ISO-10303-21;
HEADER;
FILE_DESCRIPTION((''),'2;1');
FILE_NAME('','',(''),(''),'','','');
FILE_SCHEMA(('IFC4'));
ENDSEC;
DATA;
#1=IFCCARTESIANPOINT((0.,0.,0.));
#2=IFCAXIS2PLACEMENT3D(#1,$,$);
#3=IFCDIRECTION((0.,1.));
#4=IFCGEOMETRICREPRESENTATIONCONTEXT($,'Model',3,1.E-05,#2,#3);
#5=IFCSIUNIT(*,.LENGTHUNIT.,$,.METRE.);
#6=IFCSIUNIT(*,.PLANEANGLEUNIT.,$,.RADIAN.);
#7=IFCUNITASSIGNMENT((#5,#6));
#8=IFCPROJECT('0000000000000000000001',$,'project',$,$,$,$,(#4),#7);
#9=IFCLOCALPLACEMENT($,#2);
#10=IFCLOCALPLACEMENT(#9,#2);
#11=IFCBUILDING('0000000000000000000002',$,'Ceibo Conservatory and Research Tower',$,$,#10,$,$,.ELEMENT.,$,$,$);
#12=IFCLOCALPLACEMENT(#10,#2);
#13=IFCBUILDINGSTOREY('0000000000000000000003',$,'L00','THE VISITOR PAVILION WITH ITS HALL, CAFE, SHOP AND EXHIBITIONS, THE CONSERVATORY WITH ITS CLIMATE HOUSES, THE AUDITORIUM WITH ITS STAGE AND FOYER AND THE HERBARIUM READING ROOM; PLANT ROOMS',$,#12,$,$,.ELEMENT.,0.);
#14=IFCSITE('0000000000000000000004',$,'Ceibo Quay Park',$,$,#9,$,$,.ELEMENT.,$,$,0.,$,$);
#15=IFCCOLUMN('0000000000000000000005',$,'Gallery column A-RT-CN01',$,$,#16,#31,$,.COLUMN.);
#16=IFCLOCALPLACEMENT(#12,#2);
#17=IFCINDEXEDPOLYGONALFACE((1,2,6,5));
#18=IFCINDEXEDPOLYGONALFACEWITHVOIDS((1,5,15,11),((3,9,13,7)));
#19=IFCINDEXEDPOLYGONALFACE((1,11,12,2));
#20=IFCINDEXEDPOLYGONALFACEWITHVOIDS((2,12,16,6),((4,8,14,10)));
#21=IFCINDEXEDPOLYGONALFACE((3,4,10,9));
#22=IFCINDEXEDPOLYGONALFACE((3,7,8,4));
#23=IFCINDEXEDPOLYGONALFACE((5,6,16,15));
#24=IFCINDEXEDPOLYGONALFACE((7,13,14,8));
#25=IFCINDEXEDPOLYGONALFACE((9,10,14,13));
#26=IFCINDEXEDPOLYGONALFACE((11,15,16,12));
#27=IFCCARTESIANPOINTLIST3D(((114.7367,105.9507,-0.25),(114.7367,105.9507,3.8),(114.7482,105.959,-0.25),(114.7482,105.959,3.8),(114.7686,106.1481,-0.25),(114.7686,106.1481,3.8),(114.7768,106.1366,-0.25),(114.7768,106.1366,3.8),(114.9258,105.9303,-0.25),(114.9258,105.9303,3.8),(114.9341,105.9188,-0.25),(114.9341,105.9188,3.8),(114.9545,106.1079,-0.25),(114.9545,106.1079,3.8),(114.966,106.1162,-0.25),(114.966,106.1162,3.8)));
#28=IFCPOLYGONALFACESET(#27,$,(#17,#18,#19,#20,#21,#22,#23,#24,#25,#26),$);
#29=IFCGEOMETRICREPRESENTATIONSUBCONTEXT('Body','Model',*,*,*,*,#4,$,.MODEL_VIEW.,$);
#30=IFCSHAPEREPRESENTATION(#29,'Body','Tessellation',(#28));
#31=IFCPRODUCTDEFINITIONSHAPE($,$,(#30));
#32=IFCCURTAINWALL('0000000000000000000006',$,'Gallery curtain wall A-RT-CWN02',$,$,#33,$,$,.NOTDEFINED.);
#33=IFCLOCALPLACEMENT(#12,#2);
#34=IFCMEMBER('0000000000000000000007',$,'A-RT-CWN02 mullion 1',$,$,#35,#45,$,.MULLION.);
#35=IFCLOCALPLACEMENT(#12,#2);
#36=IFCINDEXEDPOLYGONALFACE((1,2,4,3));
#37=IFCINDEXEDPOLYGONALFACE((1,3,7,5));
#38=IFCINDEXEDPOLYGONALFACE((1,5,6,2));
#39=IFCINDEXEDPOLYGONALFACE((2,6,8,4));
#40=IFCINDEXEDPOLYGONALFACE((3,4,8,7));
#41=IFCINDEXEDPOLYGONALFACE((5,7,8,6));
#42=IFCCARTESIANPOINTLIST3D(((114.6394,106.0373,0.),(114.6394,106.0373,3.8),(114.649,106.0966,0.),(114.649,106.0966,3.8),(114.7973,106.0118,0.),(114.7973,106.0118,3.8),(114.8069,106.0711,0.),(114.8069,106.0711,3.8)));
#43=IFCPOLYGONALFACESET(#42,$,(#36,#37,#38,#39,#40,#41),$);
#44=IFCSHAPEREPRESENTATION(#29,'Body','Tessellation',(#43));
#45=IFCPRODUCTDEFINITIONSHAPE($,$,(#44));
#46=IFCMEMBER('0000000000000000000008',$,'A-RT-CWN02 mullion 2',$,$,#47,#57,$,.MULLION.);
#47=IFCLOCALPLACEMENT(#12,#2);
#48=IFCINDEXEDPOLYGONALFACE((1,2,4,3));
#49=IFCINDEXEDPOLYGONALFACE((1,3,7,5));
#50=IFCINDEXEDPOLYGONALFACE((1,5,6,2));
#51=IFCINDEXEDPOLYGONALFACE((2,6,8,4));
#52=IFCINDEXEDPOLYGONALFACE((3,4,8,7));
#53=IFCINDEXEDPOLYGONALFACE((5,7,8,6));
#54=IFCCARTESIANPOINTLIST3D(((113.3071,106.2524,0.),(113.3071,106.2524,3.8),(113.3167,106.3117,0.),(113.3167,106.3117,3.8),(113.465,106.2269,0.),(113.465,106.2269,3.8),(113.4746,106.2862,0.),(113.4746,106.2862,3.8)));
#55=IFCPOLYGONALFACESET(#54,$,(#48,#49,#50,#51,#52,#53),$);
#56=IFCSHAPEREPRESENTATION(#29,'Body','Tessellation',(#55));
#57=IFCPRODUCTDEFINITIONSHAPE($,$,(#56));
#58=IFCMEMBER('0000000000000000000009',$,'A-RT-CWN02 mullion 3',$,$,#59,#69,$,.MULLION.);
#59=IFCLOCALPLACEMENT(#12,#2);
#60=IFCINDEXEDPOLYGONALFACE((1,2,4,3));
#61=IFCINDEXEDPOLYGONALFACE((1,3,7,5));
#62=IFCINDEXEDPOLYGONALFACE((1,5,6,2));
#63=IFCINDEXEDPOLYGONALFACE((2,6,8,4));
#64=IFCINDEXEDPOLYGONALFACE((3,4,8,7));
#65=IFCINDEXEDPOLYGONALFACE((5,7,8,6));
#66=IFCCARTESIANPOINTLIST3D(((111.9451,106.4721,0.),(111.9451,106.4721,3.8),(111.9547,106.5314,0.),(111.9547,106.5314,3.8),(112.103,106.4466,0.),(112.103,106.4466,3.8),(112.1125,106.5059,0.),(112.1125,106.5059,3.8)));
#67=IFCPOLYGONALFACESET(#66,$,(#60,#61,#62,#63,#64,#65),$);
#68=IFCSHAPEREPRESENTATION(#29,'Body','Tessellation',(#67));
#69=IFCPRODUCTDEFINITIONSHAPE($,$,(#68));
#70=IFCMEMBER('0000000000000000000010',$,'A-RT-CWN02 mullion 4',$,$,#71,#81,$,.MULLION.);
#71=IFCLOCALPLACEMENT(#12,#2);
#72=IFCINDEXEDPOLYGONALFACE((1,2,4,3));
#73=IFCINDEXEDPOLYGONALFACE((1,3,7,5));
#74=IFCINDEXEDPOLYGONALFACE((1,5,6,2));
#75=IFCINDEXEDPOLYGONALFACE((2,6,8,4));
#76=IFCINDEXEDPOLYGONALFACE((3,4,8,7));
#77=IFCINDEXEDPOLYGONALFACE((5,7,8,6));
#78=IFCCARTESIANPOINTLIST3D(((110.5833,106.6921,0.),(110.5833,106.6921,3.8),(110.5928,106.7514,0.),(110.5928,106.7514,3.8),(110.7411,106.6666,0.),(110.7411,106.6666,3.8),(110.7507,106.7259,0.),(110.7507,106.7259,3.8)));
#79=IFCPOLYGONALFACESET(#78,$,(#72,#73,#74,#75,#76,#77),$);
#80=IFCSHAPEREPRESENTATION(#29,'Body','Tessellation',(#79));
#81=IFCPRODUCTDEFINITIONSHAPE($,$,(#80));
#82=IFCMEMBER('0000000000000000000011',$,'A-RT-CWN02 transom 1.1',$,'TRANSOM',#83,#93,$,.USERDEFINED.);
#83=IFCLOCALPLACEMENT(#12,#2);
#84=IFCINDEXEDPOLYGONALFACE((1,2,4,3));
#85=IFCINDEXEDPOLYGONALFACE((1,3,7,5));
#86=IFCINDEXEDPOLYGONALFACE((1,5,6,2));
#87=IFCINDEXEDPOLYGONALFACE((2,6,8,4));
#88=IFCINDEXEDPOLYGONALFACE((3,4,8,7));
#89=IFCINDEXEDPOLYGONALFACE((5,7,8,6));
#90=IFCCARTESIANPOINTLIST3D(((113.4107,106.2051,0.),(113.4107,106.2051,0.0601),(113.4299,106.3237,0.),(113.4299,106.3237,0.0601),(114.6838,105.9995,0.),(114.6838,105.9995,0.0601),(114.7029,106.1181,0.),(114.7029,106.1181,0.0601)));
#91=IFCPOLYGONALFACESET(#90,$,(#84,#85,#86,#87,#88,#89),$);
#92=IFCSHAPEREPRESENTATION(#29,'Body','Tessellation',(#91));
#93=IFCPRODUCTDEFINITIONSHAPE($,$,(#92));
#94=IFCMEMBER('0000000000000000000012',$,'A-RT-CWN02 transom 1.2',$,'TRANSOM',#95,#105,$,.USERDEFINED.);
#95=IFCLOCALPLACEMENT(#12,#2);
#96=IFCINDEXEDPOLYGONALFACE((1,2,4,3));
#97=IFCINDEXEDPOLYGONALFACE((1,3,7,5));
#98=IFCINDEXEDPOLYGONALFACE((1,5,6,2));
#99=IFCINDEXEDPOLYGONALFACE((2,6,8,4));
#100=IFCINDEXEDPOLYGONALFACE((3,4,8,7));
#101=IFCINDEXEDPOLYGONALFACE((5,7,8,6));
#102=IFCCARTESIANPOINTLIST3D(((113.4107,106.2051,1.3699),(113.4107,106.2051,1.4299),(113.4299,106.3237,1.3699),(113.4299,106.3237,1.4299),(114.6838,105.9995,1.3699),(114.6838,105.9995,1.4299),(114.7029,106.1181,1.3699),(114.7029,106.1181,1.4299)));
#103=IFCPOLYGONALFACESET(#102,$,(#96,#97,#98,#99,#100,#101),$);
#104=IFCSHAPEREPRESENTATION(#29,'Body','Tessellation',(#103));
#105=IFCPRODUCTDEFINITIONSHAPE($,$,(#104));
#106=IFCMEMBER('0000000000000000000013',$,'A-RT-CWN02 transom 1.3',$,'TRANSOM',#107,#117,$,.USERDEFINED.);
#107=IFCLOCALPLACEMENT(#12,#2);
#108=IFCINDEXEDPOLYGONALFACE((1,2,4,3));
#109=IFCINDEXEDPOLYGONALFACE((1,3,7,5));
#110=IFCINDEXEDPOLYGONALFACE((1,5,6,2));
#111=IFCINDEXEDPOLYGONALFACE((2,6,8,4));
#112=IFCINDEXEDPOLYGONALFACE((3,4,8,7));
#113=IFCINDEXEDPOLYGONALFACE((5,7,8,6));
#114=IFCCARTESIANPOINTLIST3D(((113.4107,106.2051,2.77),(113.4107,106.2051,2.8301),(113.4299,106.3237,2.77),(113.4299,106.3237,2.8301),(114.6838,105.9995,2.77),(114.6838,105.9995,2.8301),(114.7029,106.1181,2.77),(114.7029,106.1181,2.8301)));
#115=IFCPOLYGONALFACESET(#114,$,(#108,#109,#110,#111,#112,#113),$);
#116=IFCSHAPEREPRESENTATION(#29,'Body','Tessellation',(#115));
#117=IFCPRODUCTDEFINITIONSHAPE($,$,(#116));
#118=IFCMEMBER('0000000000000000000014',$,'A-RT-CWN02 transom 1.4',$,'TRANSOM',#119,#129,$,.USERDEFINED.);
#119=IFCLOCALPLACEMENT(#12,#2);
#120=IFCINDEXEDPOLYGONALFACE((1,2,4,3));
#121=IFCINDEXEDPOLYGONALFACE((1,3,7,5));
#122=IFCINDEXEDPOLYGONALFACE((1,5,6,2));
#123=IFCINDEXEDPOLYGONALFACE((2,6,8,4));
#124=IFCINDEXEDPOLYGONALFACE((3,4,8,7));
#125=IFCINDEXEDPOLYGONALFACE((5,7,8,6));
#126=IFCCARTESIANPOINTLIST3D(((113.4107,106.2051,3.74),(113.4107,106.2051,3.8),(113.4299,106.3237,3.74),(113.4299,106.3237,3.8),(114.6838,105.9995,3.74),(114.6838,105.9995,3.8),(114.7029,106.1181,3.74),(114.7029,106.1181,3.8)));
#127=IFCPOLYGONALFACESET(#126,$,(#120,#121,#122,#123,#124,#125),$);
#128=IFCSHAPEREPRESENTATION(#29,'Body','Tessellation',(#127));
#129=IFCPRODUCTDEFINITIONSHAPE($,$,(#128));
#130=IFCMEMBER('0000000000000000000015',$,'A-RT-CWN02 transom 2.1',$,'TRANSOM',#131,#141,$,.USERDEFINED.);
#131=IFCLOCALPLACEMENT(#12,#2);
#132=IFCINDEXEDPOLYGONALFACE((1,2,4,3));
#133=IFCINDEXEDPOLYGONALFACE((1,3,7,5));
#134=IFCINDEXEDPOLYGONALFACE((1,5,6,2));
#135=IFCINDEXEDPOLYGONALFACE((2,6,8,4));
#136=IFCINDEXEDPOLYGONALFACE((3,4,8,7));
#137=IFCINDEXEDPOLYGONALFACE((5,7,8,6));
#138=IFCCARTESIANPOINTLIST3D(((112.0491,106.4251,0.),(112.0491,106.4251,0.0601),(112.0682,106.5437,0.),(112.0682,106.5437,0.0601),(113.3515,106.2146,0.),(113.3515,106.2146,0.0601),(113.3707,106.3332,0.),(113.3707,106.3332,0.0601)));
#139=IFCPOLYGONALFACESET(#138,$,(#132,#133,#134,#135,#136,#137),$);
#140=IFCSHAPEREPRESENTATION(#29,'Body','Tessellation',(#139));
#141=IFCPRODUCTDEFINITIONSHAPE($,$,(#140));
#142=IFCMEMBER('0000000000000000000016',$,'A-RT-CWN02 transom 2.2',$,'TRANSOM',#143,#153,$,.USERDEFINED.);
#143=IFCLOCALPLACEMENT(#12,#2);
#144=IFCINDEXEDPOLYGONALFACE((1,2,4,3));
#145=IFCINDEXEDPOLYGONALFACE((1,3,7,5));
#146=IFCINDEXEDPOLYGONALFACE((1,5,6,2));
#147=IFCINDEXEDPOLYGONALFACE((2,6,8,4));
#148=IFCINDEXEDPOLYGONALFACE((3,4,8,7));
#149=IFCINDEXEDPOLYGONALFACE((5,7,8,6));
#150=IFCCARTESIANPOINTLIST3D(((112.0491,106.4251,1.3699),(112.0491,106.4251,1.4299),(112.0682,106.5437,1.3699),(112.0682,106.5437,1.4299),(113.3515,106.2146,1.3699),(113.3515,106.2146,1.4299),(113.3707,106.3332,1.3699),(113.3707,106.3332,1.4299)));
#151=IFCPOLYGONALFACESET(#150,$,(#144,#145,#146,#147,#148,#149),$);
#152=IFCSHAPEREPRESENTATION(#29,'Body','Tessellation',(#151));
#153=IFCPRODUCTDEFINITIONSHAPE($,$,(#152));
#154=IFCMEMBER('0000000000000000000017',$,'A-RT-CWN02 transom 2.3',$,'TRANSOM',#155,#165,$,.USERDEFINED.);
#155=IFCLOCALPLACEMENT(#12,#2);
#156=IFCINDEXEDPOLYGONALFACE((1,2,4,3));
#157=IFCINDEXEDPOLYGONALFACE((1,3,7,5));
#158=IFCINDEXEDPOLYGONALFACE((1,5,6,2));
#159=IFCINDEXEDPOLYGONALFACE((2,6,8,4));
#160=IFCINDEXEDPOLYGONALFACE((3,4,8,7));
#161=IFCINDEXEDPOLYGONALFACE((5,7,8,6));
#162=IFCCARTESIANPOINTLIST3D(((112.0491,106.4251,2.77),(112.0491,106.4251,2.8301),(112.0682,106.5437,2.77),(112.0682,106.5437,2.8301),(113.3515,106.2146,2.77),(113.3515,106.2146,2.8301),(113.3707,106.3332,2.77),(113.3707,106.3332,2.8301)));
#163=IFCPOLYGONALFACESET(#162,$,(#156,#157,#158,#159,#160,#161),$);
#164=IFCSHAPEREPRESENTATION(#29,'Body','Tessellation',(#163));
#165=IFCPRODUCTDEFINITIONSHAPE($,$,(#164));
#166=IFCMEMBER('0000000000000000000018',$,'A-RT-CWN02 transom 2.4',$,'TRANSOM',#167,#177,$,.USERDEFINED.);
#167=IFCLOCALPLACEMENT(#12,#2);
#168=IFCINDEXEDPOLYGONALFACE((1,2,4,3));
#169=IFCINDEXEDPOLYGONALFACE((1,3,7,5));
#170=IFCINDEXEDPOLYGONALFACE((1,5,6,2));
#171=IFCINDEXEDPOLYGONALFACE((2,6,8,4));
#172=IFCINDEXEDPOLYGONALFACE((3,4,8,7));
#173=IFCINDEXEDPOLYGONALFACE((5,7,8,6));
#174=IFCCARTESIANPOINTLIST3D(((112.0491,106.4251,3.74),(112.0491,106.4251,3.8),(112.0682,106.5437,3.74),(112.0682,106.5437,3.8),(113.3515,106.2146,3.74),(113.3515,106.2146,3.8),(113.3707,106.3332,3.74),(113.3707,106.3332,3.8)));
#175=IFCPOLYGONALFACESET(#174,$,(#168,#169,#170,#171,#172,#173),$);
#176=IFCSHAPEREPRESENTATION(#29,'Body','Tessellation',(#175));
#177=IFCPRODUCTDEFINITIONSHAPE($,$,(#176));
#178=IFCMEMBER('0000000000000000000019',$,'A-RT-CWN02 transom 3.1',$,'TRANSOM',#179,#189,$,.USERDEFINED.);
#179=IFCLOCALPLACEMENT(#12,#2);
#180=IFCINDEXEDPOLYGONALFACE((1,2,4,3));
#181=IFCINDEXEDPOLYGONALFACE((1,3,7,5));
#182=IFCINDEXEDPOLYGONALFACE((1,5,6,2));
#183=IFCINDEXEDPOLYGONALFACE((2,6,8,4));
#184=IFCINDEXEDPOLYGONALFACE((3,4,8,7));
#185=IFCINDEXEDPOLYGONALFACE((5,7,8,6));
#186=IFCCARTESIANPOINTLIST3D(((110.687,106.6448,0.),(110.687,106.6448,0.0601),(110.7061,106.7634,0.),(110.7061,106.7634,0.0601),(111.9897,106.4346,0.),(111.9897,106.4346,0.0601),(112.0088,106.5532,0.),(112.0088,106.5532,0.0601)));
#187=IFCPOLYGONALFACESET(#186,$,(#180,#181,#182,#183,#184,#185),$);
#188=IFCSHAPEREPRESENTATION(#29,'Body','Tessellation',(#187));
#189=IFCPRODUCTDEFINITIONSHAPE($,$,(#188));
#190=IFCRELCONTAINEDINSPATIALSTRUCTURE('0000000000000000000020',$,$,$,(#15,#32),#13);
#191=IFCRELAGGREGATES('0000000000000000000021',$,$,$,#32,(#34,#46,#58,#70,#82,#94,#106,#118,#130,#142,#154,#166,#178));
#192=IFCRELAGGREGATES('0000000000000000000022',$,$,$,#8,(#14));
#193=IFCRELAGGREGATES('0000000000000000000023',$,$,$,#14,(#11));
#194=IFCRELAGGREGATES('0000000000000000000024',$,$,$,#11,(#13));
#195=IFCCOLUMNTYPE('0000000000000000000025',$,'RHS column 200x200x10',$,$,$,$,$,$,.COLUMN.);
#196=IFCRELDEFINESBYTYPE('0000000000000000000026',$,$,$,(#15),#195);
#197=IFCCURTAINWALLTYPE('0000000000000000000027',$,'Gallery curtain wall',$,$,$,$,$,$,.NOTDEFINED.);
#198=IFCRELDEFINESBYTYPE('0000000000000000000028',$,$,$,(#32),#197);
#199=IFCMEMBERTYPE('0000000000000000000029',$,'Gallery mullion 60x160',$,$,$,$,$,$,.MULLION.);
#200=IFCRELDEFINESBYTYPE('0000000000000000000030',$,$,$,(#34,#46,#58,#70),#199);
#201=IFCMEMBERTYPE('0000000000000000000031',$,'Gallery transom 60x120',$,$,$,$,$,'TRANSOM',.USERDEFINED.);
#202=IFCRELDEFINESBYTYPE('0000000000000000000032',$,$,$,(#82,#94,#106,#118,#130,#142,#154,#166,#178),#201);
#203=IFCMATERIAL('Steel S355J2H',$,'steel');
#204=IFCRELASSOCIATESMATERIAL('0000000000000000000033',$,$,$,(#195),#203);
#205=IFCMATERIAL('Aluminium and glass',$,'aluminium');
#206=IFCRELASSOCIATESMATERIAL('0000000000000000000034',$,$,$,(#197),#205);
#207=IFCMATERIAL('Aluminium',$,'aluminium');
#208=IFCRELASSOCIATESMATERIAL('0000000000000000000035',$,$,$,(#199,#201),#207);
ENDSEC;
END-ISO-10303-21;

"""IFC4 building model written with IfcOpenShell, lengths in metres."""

from ifc_helpers import new_model, si_unit, direction, frame, origin, origin_2d, place, context, subcontext, project, spatial, rectangle, hollow_rectangle, extrude, material, material_profile, profile_set, type_object, element, aggregate, save


model = new_model("IFC4")

# Units and contexts
model_context = context("Model", 3, precision=1e-05, world=origin(), true_north=direction((0.0, 1.0)))
body_context = subcontext(model_context, "Body", "Model", "MODEL_VIEW")
ifc_project = project(units=[si_unit("LENGTHUNIT", "METRE"), si_unit("PLANEANGLEUNIT", "RADIAN")], contexts=[model_context])

# Site, building, storey
site_placement = place(None, origin())
site = spatial("IfcSite", under=ifc_project, at=site_placement, Name="Ceibo Quay Park", CompositionType="ELEMENT", RefElevation=0.0)
building_placement = place(site_placement, origin())
building = spatial("IfcBuilding", under=site, at=building_placement, Name="Ceibo Conservatory and Research Tower", CompositionType="ELEMENT")
storey_placement = place(building_placement, origin())
storey = spatial("IfcBuildingStorey", under=building, at=storey_placement, Name="L00", Description="THE VISITOR PAVILION WITH ITS HALL, CAFE, SHOP AND EXHIBITIONS, THE CONSERVATORY WITH ITS CLIMATE HOUSES, THE AUDITORIUM WITH ITS STAGE AND FOYER AND THE HERBARIUM READING ROOM; PLANT ROOMS", CompositionType="ELEMENT", Elevation=0.0)

# Column
ifc_material_1 = material(Name="Steel S355J2H", Category="steel")
ifc_material_profile_1 = material_profile(ifc_material_1, hollow_rectangle(XDim=0.2, YDim=0.2, WallThickness=0.01, at=origin_2d()), Name="RHS column 200x200x10")
ifc_profile_set_1 = profile_set([ifc_material_profile_1], Name="Steel S355J2H")
column_type = type_object("IfcColumnType", Name="RHS column 200x200x10", PredefinedType="COLUMN", material=ifc_profile_set_1)
column_placement = place(storey_placement, frame((114.8513, 106.0334, -0.25), z_axis=(0.0, 0.0, 1.0), x_axis=(-0.987216, 0.159391, 0.0)))
element("IfcColumn", 1, at=column_placement, inside=storey, type_object=column_type, Name="Gallery column A-RT-CN01", PredefinedType="COLUMN", context=body_context, shape_type="SweptSolid", body=[
    extrude(hollow_rectangle(XDim=0.2, YDim=0.2, WallThickness=0.01, at=origin_2d()), origin(), (0.0, 0.0, 1.0), 4.05),
])

# Curtain wall, members
ifc_material_2 = material(Name="Aluminium and glass", Category="aluminium")
curtain_wall_type = type_object("IfcCurtainWallType", Name="Gallery curtain wall", PredefinedType="NOTDEFINED", material=ifc_material_2)
curtain_wall_placement = place(storey_placement, origin())
curtain_wall = element("IfcCurtainWall", 2, at=curtain_wall_placement, inside=storey, type_object=curtain_wall_type, Name="Gallery curtain wall A-RT-CWN02", PredefinedType="NOTDEFINED")
ifc_material_3 = material(Name="Aluminium", Category="aluminium")
ifc_material_profile_2 = material_profile(ifc_material_3, rectangle(XDim=0.0601, YDim=0.1599, at=origin_2d()), Name="AL 60x160")
ifc_profile_set_2 = profile_set([ifc_material_profile_2], Name="Aluminium")
member_type_1 = type_object("IfcMemberType", Name="Gallery mullion 60x160", PredefinedType="MULLION", material=ifc_profile_set_2)
member_1_placement = place(storey_placement, frame((114.7231, 106.0542, 0.0), z_axis=(0.0, 0.0, 1.0), x_axis=(-0.159391, -0.987216, 0.0)))
member_1 = element("IfcMember", 3, at=member_1_placement, type_object=member_type_1, Name="A-RT-CWN02 mullion 1", PredefinedType="MULLION", context=body_context, shape_type="SweptSolid", body=[
    extrude(rectangle(XDim=0.0601, YDim=0.1599, at=origin_2d()), origin(), (0.0, 0.0, 1.0), 3.8),
])
member_2_placement = place(storey_placement, frame((113.3909, 106.2693, 0.0), z_axis=(0.0, 0.0, 1.0), x_axis=(-0.159391, -0.987216, 0.0)))
member_2 = element("IfcMember", 4, at=member_2_placement, type_object=member_type_1, Name="A-RT-CWN02 mullion 2", PredefinedType="MULLION", context=body_context, shape_type="SweptSolid", body=[
    extrude(rectangle(XDim=0.0601, YDim=0.1599, at=origin_2d()), origin(), (0.0, 0.0, 1.0), 3.8),
])
member_3_placement = place(storey_placement, frame((112.0288, 106.489, 0.0), z_axis=(0.0, 0.0, 1.0), x_axis=(-0.159391, -0.987216, 0.0)))
member_3 = element("IfcMember", 5, at=member_3_placement, type_object=member_type_1, Name="A-RT-CWN02 mullion 3", PredefinedType="MULLION", context=body_context, shape_type="SweptSolid", body=[
    extrude(rectangle(XDim=0.0601, YDim=0.1599, at=origin_2d()), origin(), (0.0, 0.0, 1.0), 3.8),
])
member_4_placement = place(storey_placement, frame((110.667, 106.709, 0.0), z_axis=(0.0, 0.0, 1.0), x_axis=(-0.159391, -0.987216, 0.0)))
member_4 = element("IfcMember", 6, at=member_4_placement, type_object=member_type_1, Name="A-RT-CWN02 mullion 4", PredefinedType="MULLION", context=body_context, shape_type="SweptSolid", body=[
    extrude(rectangle(XDim=0.0601, YDim=0.1599, at=origin_2d()), origin(), (0.0, 0.0, 1.0), 3.8),
])
ifc_material_profile_3 = material_profile(ifc_material_3, rectangle(XDim=0.1201, YDim=0.0601, at=origin_2d()), Name="AL 60x120")
ifc_profile_set_3 = profile_set([ifc_material_profile_3], Name="Aluminium")
member_type_2 = type_object("IfcMemberType", Name="Gallery transom 60x120", ElementType="TRANSOM", PredefinedType="USERDEFINED", material=ifc_profile_set_3)
member_5_placement = place(storey_placement, frame((114.6934, 106.0588, 0.03), z_axis=(-0.98721, 0.159423, 0.0), x_axis=(-0.159423, -0.98721, 0.0)))
member_5 = element("IfcMember", 7, at=member_5_placement, type_object=member_type_2, Name="A-RT-CWN02 transom 1.1", ObjectType="TRANSOM", PredefinedType="USERDEFINED", context=body_context, shape_type="SweptSolid", body=[
    extrude(rectangle(XDim=0.1201, YDim=0.0601, at=origin_2d()), origin(), (0.0, 0.0, 1.0), 1.2896),
])
member_6_placement = place(storey_placement, frame((114.6934, 106.0588, 1.3999), z_axis=(-0.98721, 0.159423, 0.0), x_axis=(-0.159423, -0.98721, 0.0)))
member_6 = element("IfcMember", 8, at=member_6_placement, type_object=member_type_2, Name="A-RT-CWN02 transom 1.2", ObjectType="TRANSOM", PredefinedType="USERDEFINED", context=body_context, shape_type="SweptSolid", body=[
    extrude(rectangle(XDim=0.1201, YDim=0.0601, at=origin_2d()), origin(), (0.0, 0.0, 1.0), 1.2896),
])
member_7_placement = place(storey_placement, frame((114.6934, 106.0588, 2.8), z_axis=(-0.98721, 0.159423, 0.0), x_axis=(-0.159423, -0.98721, 0.0)))
member_7 = element("IfcMember", 9, at=member_7_placement, type_object=member_type_2, Name="A-RT-CWN02 transom 1.3", ObjectType="TRANSOM", PredefinedType="USERDEFINED", context=body_context, shape_type="SweptSolid", body=[
    extrude(rectangle(XDim=0.1201, YDim=0.0601, at=origin_2d()), origin(), (0.0, 0.0, 1.0), 1.2896),
])
member_8_placement = place(storey_placement, frame((114.6934, 106.0588, 3.77), z_axis=(-0.98721, 0.159423, 0.0), x_axis=(-0.159423, -0.98721, 0.0)))
member_8 = element("IfcMember", 10, at=member_8_placement, type_object=member_type_2, Name="A-RT-CWN02 transom 1.4", ObjectType="TRANSOM", PredefinedType="USERDEFINED", context=body_context, shape_type="SweptSolid", body=[
    extrude(rectangle(XDim=0.1201, YDim=0.0601, at=origin_2d()), origin(), (0.0, 0.0, 1.0), 1.2896),
])
member_9_placement = place(storey_placement, frame((113.3611, 106.2739, 0.03), z_axis=(-0.987197, 0.159506, 0.0), x_axis=(-0.159506, -0.987197, 0.0)))
member_9 = element("IfcMember", 11, at=member_9_placement, type_object=member_type_2, Name="A-RT-CWN02 transom 2.1", ObjectType="TRANSOM", PredefinedType="USERDEFINED", context=body_context, shape_type="SweptSolid", body=[
    extrude(rectangle(XDim=0.1201, YDim=0.0601, at=origin_2d()), origin(), (0.0, 0.0, 1.0), 1.3193),
])
member_10_placement = place(storey_placement, frame((113.3611, 106.2739, 1.3999), z_axis=(-0.987197, 0.159506, 0.0), x_axis=(-0.159506, -0.987197, 0.0)))
member_10 = element("IfcMember", 12, at=member_10_placement, type_object=member_type_2, Name="A-RT-CWN02 transom 2.2", ObjectType="TRANSOM", PredefinedType="USERDEFINED", context=body_context, shape_type="SweptSolid", body=[
    extrude(rectangle(XDim=0.1201, YDim=0.0601, at=origin_2d()), origin(), (0.0, 0.0, 1.0), 1.3193),
])
member_11_placement = place(storey_placement, frame((113.3611, 106.2739, 2.8), z_axis=(-0.987197, 0.159506, 0.0), x_axis=(-0.159506, -0.987197, 0.0)))
member_11 = element("IfcMember", 13, at=member_11_placement, type_object=member_type_2, Name="A-RT-CWN02 transom 2.3", ObjectType="TRANSOM", PredefinedType="USERDEFINED", context=body_context, shape_type="SweptSolid", body=[
    extrude(rectangle(XDim=0.1201, YDim=0.0601, at=origin_2d()), origin(), (0.0, 0.0, 1.0), 1.3193),
])
member_12_placement = place(storey_placement, frame((113.3611, 106.2739, 3.77), z_axis=(-0.987197, 0.159506, 0.0), x_axis=(-0.159506, -0.987197, 0.0)))
member_12 = element("IfcMember", 14, at=member_12_placement, type_object=member_type_2, Name="A-RT-CWN02 transom 2.4", ObjectType="TRANSOM", PredefinedType="USERDEFINED", context=body_context, shape_type="SweptSolid", body=[
    extrude(rectangle(XDim=0.1201, YDim=0.0601, at=origin_2d()), origin(), (0.0, 0.0, 1.0), 1.3193),
])
member_13_placement = place(storey_placement, frame((111.9993, 106.4939, 0.03), z_axis=(-0.987231, 0.159296, 0.0), x_axis=(-0.159296, -0.987231, 0.0)))
member_13 = element("IfcMember", 15, at=member_13_placement, type_object=member_type_2, Name="A-RT-CWN02 transom 3.1", ObjectType="TRANSOM", PredefinedType="USERDEFINED", context=body_context, shape_type="SweptSolid", body=[
    extrude(rectangle(XDim=0.1201, YDim=0.0601, at=origin_2d()), origin(), (0.0, 0.0, 1.0), 1.3196),
])

aggregate(curtain_wall, [member_1, member_2, member_3, member_4, member_5, member_6, member_7, member_8, member_9, member_10, member_11, member_12, member_13])

save(model, "model.ifc")
